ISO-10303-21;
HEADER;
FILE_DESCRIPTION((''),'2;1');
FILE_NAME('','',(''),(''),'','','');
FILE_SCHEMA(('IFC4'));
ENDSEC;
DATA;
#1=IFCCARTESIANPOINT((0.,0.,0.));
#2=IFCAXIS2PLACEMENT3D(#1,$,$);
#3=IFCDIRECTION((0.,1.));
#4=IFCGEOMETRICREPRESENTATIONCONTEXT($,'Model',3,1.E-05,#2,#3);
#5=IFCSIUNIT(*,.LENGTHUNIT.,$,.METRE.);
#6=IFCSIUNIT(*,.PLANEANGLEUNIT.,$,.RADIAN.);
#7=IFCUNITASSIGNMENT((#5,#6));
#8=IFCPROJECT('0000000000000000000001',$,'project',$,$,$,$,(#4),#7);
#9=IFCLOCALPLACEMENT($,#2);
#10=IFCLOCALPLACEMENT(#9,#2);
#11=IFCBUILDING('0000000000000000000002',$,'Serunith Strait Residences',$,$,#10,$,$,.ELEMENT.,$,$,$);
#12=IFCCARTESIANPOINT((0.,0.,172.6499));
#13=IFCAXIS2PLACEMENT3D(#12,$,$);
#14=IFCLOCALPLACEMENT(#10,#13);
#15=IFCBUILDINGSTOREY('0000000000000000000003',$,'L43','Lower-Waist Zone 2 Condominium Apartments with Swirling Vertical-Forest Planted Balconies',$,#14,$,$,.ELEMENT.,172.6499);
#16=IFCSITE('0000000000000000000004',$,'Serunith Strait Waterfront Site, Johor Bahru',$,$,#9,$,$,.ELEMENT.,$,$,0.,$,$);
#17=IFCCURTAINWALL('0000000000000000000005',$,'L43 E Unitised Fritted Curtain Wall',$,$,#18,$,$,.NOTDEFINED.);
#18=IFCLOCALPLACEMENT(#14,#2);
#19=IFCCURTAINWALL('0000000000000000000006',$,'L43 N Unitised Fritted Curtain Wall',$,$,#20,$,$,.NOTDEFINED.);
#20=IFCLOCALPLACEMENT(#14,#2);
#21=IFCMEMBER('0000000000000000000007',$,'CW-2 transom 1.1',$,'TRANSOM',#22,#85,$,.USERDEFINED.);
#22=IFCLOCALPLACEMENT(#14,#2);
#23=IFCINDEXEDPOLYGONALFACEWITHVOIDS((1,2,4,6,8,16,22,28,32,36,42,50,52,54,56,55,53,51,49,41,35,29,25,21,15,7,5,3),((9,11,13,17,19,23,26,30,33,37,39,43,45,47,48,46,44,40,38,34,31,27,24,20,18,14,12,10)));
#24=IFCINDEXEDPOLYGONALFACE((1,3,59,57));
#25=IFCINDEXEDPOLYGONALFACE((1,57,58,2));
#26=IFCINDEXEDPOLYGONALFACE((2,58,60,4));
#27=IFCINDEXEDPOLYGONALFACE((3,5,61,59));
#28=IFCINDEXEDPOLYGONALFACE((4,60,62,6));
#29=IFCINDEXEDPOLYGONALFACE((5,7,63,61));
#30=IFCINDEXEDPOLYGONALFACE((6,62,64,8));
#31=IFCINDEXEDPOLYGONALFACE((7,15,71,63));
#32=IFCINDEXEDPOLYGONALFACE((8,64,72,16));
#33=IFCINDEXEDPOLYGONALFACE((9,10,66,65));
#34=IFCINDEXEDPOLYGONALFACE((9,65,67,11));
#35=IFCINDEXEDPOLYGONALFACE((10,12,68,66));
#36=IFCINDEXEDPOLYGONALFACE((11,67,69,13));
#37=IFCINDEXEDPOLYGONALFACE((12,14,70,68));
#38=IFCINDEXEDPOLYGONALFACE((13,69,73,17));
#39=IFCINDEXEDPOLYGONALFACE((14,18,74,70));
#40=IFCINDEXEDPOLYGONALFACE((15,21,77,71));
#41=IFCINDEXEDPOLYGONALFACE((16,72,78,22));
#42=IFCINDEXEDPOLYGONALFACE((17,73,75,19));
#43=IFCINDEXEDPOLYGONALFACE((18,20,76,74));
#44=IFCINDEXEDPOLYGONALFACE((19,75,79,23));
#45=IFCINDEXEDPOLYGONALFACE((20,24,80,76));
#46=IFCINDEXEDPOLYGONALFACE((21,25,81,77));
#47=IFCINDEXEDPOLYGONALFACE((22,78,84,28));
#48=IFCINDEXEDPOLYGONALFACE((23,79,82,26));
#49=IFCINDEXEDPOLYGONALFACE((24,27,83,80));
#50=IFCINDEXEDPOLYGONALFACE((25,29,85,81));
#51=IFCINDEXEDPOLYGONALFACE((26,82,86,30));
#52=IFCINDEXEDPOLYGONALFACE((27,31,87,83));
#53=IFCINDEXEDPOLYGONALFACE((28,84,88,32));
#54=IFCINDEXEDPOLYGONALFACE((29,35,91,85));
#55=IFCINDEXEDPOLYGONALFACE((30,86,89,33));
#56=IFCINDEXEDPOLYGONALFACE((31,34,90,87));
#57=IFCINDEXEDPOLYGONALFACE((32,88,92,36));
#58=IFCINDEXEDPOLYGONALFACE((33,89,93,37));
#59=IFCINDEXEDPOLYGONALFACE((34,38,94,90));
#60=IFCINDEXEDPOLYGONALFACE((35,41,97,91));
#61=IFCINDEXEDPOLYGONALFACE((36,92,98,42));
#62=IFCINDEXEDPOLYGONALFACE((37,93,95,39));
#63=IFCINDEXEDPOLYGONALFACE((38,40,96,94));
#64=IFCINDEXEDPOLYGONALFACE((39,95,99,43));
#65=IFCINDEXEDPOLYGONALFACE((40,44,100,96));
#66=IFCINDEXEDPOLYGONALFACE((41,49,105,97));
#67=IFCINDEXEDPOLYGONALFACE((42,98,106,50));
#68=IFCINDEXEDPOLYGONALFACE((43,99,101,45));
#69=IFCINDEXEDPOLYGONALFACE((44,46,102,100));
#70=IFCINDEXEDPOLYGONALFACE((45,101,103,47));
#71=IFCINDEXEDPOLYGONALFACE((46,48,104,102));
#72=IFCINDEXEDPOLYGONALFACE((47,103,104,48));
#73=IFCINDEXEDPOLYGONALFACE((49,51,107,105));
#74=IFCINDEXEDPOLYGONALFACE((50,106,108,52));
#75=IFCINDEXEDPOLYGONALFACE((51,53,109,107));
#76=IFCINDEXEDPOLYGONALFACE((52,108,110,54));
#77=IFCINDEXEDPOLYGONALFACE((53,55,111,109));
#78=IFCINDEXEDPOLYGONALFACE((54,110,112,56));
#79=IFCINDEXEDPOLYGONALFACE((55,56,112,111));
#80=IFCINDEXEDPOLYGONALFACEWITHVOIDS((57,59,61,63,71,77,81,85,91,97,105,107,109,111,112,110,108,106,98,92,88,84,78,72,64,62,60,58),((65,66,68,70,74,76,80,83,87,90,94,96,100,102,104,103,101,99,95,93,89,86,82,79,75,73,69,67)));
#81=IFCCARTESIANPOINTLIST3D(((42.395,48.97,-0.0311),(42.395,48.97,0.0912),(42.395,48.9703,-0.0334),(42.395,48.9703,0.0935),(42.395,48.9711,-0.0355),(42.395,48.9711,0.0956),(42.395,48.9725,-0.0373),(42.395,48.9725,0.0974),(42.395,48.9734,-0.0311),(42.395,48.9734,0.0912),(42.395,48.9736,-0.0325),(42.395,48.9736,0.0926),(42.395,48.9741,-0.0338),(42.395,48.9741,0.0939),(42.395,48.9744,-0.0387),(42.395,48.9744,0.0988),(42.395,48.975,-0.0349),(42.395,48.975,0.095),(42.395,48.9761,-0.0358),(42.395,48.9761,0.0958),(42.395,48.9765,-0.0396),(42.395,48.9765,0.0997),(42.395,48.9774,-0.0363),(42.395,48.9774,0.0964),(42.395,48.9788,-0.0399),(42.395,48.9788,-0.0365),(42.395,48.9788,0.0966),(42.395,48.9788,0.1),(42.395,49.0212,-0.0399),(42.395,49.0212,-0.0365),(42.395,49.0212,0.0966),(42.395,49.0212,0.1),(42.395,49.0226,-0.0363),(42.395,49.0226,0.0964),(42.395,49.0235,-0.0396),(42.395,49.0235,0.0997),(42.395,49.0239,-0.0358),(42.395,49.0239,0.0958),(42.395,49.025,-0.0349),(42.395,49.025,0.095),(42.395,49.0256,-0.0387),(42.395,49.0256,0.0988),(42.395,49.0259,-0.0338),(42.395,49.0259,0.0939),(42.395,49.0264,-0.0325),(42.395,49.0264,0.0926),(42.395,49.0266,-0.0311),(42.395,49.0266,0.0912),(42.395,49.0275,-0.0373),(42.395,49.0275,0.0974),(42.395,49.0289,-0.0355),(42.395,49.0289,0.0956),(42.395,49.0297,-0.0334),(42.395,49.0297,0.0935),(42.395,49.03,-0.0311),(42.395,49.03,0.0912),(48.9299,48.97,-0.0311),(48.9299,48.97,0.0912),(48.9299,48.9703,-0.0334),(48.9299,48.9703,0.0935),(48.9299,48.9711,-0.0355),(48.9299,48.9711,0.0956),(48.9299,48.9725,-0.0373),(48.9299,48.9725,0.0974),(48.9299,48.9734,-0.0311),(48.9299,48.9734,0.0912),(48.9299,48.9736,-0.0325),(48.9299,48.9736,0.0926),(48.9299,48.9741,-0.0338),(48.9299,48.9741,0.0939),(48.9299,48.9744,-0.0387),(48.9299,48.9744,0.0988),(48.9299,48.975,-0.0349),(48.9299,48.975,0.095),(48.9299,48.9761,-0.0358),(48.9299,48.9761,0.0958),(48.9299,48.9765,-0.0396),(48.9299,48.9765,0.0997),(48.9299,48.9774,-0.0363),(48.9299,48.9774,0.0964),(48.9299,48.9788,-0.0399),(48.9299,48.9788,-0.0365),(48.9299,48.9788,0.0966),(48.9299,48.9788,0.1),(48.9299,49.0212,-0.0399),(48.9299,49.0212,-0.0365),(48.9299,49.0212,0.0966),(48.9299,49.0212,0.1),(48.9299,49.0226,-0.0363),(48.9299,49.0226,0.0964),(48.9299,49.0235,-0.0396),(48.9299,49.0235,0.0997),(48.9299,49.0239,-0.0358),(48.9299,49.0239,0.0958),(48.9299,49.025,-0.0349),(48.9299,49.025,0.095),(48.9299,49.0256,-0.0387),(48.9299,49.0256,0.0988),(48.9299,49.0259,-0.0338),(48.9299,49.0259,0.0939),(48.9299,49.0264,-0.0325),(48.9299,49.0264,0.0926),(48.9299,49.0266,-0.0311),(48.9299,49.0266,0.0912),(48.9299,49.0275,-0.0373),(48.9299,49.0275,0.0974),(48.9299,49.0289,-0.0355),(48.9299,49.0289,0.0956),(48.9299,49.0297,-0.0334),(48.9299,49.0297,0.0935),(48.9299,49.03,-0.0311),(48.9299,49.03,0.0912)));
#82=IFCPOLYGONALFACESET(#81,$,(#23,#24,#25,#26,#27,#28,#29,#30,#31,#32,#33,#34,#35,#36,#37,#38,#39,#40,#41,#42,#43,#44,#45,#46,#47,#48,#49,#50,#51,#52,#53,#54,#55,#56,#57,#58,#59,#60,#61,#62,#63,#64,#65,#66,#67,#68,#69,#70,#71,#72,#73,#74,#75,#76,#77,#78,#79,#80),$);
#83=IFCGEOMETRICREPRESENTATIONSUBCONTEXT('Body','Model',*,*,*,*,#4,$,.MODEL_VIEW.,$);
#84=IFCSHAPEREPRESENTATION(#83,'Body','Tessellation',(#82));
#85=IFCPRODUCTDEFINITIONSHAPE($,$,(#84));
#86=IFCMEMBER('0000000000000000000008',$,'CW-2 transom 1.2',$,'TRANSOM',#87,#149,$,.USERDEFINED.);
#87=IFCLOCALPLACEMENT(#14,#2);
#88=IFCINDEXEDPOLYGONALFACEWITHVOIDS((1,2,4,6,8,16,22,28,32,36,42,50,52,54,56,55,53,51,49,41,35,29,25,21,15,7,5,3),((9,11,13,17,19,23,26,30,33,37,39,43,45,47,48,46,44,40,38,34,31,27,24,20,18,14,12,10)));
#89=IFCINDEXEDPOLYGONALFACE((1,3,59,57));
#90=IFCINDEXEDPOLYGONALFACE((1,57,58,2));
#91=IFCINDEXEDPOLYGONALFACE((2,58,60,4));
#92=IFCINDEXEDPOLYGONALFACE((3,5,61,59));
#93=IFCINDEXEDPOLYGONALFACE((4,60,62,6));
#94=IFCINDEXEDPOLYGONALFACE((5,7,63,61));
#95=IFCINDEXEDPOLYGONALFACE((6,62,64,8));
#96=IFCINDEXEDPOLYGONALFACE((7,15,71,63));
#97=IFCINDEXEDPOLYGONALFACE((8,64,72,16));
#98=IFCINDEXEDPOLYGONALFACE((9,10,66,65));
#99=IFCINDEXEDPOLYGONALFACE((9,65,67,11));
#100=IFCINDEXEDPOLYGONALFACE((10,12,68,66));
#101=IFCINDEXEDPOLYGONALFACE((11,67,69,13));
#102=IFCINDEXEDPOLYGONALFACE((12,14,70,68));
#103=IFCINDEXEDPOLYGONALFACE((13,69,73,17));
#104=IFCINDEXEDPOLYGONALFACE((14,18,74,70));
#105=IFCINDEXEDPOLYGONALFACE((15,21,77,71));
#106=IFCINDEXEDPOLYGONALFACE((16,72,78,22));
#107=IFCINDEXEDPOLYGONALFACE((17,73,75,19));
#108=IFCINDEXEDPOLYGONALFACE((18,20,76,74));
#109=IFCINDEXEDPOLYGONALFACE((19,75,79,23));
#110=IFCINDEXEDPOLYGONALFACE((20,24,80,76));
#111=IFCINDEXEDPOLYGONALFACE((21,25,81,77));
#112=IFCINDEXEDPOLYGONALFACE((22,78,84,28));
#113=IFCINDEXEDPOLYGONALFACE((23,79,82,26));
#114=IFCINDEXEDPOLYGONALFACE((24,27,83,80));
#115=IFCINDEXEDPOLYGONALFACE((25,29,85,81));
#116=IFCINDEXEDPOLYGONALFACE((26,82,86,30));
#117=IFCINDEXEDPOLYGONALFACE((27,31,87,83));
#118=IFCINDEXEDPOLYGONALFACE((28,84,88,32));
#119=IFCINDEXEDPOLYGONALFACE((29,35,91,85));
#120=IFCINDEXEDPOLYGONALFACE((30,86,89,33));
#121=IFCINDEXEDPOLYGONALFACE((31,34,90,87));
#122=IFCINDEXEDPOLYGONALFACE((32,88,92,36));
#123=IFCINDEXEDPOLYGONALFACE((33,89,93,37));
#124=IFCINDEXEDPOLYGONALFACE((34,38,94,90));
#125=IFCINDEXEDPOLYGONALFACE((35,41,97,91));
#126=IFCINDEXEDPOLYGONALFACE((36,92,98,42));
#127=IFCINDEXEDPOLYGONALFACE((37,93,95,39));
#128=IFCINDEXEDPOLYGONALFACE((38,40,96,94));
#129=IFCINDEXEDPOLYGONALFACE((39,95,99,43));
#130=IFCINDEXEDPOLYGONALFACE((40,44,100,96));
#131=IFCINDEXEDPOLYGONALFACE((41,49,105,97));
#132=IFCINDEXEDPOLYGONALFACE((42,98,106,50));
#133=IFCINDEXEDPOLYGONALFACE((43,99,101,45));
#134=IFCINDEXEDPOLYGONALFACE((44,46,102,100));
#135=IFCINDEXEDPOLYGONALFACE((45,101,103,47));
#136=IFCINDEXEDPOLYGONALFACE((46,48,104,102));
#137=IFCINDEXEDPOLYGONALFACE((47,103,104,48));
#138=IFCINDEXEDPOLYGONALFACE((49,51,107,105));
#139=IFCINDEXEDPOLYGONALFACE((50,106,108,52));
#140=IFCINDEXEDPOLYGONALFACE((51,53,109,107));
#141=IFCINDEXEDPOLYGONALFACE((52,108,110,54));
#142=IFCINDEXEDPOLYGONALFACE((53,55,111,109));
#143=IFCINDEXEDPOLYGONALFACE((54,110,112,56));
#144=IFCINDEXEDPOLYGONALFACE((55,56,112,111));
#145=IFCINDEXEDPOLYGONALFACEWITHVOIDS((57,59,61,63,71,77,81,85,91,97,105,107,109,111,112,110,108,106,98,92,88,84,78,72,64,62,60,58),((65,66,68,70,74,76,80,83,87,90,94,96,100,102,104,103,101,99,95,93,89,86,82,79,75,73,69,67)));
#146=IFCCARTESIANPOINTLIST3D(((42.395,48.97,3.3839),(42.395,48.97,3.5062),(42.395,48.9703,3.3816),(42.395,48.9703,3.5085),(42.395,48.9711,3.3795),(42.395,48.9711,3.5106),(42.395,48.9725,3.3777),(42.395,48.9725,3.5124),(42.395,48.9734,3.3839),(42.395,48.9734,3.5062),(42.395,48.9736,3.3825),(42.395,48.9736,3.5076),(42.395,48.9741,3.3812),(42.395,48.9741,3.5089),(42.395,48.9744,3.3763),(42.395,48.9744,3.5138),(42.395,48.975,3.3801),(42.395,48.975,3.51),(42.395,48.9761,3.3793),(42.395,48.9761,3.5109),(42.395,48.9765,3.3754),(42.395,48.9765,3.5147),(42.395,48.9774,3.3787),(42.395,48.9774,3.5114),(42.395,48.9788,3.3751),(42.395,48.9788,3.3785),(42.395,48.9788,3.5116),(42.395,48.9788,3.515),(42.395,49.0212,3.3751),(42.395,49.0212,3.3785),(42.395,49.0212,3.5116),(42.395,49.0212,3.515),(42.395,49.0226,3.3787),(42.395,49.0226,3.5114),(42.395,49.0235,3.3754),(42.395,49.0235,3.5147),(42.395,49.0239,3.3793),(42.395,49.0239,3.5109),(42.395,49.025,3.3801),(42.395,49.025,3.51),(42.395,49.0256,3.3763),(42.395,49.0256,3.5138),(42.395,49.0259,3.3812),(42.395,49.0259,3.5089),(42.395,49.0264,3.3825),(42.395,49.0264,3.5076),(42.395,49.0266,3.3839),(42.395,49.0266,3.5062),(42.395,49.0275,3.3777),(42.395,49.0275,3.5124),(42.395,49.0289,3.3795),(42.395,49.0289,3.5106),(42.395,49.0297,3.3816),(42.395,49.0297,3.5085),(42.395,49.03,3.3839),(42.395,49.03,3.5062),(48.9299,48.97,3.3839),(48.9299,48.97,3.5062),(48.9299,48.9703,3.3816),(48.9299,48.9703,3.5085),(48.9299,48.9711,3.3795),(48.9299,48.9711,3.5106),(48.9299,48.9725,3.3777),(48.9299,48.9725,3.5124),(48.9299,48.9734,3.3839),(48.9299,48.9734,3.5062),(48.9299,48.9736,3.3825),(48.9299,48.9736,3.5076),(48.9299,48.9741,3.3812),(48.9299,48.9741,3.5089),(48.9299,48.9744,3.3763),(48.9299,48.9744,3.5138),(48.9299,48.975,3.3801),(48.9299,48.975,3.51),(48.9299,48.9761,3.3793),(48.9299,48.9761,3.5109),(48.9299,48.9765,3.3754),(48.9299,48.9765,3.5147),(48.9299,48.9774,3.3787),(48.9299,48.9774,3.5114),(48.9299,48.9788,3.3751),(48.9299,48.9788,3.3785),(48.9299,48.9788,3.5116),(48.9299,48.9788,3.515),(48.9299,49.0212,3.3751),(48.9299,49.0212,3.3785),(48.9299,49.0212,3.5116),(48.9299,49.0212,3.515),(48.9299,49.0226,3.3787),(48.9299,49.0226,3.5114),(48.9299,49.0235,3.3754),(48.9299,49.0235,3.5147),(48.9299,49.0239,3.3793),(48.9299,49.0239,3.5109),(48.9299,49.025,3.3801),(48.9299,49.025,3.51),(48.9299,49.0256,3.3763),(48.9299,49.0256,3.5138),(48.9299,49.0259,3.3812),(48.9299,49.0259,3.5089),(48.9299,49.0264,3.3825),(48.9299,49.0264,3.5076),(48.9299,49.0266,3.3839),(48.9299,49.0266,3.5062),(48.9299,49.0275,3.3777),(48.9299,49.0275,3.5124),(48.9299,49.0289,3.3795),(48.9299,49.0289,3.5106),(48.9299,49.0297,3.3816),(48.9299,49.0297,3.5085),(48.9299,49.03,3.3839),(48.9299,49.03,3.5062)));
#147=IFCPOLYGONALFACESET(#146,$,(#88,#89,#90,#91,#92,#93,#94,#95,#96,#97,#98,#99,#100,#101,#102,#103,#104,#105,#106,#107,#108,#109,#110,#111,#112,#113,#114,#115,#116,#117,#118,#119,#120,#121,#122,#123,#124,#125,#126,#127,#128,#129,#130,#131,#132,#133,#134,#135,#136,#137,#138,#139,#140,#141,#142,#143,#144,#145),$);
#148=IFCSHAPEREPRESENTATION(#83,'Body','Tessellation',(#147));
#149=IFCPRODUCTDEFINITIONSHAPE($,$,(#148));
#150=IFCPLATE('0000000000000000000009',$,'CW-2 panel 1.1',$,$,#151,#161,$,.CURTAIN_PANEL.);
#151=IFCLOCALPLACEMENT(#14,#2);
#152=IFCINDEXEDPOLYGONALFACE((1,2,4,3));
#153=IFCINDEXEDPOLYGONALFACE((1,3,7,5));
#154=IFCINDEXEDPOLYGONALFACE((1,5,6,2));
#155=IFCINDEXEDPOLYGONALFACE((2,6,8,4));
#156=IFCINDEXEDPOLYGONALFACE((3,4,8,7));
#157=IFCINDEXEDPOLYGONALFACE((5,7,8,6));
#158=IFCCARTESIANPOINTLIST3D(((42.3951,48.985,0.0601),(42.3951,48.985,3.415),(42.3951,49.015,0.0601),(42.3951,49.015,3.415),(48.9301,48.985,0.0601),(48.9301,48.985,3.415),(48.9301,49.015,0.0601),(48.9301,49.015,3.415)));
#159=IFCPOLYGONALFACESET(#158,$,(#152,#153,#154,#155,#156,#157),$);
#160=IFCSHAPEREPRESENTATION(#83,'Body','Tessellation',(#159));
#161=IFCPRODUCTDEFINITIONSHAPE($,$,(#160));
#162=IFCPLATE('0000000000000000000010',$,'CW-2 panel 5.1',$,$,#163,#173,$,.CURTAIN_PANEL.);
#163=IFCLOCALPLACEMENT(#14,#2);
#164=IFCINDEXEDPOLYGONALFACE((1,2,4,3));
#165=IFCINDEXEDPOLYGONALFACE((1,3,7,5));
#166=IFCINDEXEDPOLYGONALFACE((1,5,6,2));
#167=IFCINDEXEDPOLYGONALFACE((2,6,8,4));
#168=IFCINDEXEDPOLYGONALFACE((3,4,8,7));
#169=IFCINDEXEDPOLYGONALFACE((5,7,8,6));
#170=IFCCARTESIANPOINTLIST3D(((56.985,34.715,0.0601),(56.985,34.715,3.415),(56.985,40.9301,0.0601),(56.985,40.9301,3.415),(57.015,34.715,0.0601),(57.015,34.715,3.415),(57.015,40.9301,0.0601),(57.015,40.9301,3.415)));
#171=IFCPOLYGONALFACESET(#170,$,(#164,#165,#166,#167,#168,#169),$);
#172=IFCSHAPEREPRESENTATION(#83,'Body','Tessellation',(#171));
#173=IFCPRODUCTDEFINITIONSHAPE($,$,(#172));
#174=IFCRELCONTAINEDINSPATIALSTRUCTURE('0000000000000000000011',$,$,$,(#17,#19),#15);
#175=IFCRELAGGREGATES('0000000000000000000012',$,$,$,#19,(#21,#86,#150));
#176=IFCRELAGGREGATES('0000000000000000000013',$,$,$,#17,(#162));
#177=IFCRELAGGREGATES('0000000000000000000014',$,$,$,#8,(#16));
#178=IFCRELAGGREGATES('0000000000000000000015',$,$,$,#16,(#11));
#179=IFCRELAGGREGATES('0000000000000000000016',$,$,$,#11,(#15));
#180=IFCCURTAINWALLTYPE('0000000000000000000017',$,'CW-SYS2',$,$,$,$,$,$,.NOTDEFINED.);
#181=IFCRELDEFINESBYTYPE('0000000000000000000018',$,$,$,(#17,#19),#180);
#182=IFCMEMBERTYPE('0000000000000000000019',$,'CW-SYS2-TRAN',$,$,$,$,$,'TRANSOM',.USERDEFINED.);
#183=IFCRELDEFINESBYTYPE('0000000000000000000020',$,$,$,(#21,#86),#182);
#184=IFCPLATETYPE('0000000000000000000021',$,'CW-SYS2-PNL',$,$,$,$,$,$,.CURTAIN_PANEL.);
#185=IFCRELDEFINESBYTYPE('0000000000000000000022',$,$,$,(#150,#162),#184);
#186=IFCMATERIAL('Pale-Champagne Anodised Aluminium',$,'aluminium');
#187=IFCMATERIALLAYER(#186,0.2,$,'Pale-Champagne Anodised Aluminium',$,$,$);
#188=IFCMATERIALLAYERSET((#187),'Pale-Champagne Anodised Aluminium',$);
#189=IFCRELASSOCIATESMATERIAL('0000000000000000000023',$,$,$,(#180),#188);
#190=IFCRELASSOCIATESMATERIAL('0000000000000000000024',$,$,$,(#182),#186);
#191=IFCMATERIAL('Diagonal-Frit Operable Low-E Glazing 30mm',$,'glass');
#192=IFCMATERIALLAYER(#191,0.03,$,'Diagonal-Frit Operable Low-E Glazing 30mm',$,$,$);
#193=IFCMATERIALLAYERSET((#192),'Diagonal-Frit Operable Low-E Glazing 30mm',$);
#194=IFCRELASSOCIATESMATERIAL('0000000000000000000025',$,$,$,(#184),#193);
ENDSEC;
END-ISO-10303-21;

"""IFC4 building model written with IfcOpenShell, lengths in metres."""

from ifc_helpers import new_model, si_unit, direction, frame, origin, origin_2d, place, context, subcontext, project, spatial, rectangle, hollow_rectangle, extrude, source, transform, mapped, material, layer, layer_set, material_profile, profile_set, type_object, element, aggregate, save


model = new_model("IFC4")

# Units and contexts
model_context = context("Model", 3, precision=1e-05, world=origin(), true_north=direction((0.0, 1.0)))
body_context = subcontext(model_context, "Body", "Model", "MODEL_VIEW")
ifc_project = project(units=[si_unit("LENGTHUNIT", "METRE"), si_unit("PLANEANGLEUNIT", "RADIAN")], contexts=[model_context])

# Site, building, storey
site_placement = place(None, origin())
site = spatial("IfcSite", under=ifc_project, at=site_placement, Name="Serunith Strait Waterfront Site, Johor Bahru", CompositionType="ELEMENT", RefElevation=0.0)
building_placement = place(site_placement, origin())
building = spatial("IfcBuilding", under=site, at=building_placement, Name="Serunith Strait Residences", CompositionType="ELEMENT")
storey_placement = place(building_placement, frame((0.0, 0.0, 172.6499)))
storey = spatial("IfcBuildingStorey", under=building, at=storey_placement, Name="L43", Description="Lower-Waist Zone 2 Condominium Apartments with Swirling Vertical-Forest Planted Balconies", CompositionType="ELEMENT", Elevation=172.6499)

# Curtain wall
ifc_material_1 = material(Name="Pale-Champagne Anodised Aluminium", Category="aluminium")
ifc_layer_1 = layer(ifc_material_1, 0.2, Name="Pale-Champagne Anodised Aluminium")
ifc_layer_set_1 = layer_set([ifc_layer_1], Name="Pale-Champagne Anodised Aluminium")
curtain_wall_type = type_object("IfcCurtainWallType", Name="CW-SYS2", PredefinedType="NOTDEFINED", material=ifc_layer_set_1)
curtain_wall_1_placement = place(storey_placement, origin())
curtain_wall_1 = element("IfcCurtainWall", 1, at=curtain_wall_1_placement, inside=storey, type_object=curtain_wall_type, Name="L43 E Unitised Fritted Curtain Wall", PredefinedType="NOTDEFINED")

# Curtain wall, members, plate
curtain_wall_2_placement = place(storey_placement, origin())
curtain_wall_2 = element("IfcCurtainWall", 2, at=curtain_wall_2_placement, inside=storey, type_object=curtain_wall_type, Name="L43 N Unitised Fritted Curtain Wall", PredefinedType="NOTDEFINED")
ifc_material_profile_1 = material_profile(ifc_material_1, hollow_rectangle(XDim=0.0601, YDim=0.1399, WallThickness=0.0034, InnerFilletRadius=0.0054, OuterFilletRadius=0.0088, at=origin_2d()), Name="ALU 140x60x3.5")
ifc_profile_set_1 = profile_set([ifc_material_profile_1], Name="Pale-Champagne Anodised Aluminium")
member_type_1 = type_object("IfcMemberType", Name="CW-SYS2-TRAN", ElementType="TRANSOM", PredefinedType="USERDEFINED", material=ifc_profile_set_1)
shared_shape_1 = source(origin(), body_context, "Body", "SweptSolid", [
    extrude(hollow_rectangle(XDim=0.0601, YDim=0.1399, WallThickness=0.0034, InnerFilletRadius=0.0054, OuterFilletRadius=0.0088, at=origin_2d()), origin(), (0.0, 0.0, 1.0), 6.5349),
])
member_1_placement = place(storey_placement, frame((48.9299, 49.0, 0.03), z_axis=(-1.0, 0.0, 0.0), x_axis=(0.0, -1.0, 0.0)))
member_1 = element("IfcMember", 3, at=member_1_placement, type_object=member_type_1, Name="CW-2 transom 1.1", ObjectType="TRANSOM", PredefinedType="USERDEFINED", context=body_context, shape_type="MappedRepresentation", body=[
    mapped(shared_shape_1, transform((0.0, 0.0, 0.0), scale=1.0)),
])
member_2_placement = place(storey_placement, frame((48.9299, 49.0, 3.4451), z_axis=(-1.0, 0.0, 0.0), x_axis=(0.0, -1.0, 0.0)))
member_2 = element("IfcMember", 4, at=member_2_placement, type_object=member_type_1, Name="CW-2 transom 1.2", ObjectType="TRANSOM", PredefinedType="USERDEFINED", context=body_context, shape_type="MappedRepresentation", body=[
    mapped(shared_shape_1, transform((0.0, 0.0, 0.0), scale=1.0)),
])
ifc_material_2 = material(Name="Diagonal-Frit Operable Low-E Glazing 30mm", Category="glass")
ifc_layer_2 = layer(ifc_material_2, 0.03, Name="Diagonal-Frit Operable Low-E Glazing 30mm")
ifc_layer_set_2 = layer_set([ifc_layer_2], Name="Diagonal-Frit Operable Low-E Glazing 30mm")
plate_type = type_object("IfcPlateType", Name="CW-SYS2-PNL", PredefinedType="CURTAIN_PANEL", material=ifc_layer_set_2)
shared_shape_2 = source(origin(), body_context, "Body", "SweptSolid", [
    extrude(rectangle(XDim=6.5349, YDim=0.03, at=origin_2d()), origin(), (0.0, 0.0, 1.0), 3.355),
])
plate_1_placement = place(storey_placement, frame((45.6626, 49.0, 0.0601), z_axis=(0.0, 0.0, 1.0), x_axis=(-1.0, 0.0, 0.0)))
plate_1 = element("IfcPlate", 5, at=plate_1_placement, type_object=plate_type, Name="CW-2 panel 1.1", PredefinedType="CURTAIN_PANEL", context=body_context, shape_type="MappedRepresentation", body=[
    mapped(shared_shape_2, transform((0.0, 0.0, 0.0), scale=1.0)),
])
aggregate(curtain_wall_2, [member_1, member_2, plate_1])

# Plate
shared_shape_3 = source(origin(), body_context, "Body", "SweptSolid", [
    extrude(rectangle(XDim=6.2151, YDim=0.03, at=origin_2d()), origin(), (0.0, 0.0, 1.0), 3.355),
])
plate_2_placement = place(storey_placement, frame((57.0, 37.8225, 0.0601), z_axis=(0.0, 0.0, 1.0), x_axis=(0.0, 1.0, 0.0)))
plate_2 = element("IfcPlate", 6, at=plate_2_placement, type_object=plate_type, Name="CW-2 panel 5.1", PredefinedType="CURTAIN_PANEL", context=body_context, shape_type="MappedRepresentation", body=[
    mapped(shared_shape_3, transform((0.0, 0.0, 0.0), scale=1.0)),
])
aggregate(curtain_wall_1, [plate_2])

save(model, "model.ifc")
